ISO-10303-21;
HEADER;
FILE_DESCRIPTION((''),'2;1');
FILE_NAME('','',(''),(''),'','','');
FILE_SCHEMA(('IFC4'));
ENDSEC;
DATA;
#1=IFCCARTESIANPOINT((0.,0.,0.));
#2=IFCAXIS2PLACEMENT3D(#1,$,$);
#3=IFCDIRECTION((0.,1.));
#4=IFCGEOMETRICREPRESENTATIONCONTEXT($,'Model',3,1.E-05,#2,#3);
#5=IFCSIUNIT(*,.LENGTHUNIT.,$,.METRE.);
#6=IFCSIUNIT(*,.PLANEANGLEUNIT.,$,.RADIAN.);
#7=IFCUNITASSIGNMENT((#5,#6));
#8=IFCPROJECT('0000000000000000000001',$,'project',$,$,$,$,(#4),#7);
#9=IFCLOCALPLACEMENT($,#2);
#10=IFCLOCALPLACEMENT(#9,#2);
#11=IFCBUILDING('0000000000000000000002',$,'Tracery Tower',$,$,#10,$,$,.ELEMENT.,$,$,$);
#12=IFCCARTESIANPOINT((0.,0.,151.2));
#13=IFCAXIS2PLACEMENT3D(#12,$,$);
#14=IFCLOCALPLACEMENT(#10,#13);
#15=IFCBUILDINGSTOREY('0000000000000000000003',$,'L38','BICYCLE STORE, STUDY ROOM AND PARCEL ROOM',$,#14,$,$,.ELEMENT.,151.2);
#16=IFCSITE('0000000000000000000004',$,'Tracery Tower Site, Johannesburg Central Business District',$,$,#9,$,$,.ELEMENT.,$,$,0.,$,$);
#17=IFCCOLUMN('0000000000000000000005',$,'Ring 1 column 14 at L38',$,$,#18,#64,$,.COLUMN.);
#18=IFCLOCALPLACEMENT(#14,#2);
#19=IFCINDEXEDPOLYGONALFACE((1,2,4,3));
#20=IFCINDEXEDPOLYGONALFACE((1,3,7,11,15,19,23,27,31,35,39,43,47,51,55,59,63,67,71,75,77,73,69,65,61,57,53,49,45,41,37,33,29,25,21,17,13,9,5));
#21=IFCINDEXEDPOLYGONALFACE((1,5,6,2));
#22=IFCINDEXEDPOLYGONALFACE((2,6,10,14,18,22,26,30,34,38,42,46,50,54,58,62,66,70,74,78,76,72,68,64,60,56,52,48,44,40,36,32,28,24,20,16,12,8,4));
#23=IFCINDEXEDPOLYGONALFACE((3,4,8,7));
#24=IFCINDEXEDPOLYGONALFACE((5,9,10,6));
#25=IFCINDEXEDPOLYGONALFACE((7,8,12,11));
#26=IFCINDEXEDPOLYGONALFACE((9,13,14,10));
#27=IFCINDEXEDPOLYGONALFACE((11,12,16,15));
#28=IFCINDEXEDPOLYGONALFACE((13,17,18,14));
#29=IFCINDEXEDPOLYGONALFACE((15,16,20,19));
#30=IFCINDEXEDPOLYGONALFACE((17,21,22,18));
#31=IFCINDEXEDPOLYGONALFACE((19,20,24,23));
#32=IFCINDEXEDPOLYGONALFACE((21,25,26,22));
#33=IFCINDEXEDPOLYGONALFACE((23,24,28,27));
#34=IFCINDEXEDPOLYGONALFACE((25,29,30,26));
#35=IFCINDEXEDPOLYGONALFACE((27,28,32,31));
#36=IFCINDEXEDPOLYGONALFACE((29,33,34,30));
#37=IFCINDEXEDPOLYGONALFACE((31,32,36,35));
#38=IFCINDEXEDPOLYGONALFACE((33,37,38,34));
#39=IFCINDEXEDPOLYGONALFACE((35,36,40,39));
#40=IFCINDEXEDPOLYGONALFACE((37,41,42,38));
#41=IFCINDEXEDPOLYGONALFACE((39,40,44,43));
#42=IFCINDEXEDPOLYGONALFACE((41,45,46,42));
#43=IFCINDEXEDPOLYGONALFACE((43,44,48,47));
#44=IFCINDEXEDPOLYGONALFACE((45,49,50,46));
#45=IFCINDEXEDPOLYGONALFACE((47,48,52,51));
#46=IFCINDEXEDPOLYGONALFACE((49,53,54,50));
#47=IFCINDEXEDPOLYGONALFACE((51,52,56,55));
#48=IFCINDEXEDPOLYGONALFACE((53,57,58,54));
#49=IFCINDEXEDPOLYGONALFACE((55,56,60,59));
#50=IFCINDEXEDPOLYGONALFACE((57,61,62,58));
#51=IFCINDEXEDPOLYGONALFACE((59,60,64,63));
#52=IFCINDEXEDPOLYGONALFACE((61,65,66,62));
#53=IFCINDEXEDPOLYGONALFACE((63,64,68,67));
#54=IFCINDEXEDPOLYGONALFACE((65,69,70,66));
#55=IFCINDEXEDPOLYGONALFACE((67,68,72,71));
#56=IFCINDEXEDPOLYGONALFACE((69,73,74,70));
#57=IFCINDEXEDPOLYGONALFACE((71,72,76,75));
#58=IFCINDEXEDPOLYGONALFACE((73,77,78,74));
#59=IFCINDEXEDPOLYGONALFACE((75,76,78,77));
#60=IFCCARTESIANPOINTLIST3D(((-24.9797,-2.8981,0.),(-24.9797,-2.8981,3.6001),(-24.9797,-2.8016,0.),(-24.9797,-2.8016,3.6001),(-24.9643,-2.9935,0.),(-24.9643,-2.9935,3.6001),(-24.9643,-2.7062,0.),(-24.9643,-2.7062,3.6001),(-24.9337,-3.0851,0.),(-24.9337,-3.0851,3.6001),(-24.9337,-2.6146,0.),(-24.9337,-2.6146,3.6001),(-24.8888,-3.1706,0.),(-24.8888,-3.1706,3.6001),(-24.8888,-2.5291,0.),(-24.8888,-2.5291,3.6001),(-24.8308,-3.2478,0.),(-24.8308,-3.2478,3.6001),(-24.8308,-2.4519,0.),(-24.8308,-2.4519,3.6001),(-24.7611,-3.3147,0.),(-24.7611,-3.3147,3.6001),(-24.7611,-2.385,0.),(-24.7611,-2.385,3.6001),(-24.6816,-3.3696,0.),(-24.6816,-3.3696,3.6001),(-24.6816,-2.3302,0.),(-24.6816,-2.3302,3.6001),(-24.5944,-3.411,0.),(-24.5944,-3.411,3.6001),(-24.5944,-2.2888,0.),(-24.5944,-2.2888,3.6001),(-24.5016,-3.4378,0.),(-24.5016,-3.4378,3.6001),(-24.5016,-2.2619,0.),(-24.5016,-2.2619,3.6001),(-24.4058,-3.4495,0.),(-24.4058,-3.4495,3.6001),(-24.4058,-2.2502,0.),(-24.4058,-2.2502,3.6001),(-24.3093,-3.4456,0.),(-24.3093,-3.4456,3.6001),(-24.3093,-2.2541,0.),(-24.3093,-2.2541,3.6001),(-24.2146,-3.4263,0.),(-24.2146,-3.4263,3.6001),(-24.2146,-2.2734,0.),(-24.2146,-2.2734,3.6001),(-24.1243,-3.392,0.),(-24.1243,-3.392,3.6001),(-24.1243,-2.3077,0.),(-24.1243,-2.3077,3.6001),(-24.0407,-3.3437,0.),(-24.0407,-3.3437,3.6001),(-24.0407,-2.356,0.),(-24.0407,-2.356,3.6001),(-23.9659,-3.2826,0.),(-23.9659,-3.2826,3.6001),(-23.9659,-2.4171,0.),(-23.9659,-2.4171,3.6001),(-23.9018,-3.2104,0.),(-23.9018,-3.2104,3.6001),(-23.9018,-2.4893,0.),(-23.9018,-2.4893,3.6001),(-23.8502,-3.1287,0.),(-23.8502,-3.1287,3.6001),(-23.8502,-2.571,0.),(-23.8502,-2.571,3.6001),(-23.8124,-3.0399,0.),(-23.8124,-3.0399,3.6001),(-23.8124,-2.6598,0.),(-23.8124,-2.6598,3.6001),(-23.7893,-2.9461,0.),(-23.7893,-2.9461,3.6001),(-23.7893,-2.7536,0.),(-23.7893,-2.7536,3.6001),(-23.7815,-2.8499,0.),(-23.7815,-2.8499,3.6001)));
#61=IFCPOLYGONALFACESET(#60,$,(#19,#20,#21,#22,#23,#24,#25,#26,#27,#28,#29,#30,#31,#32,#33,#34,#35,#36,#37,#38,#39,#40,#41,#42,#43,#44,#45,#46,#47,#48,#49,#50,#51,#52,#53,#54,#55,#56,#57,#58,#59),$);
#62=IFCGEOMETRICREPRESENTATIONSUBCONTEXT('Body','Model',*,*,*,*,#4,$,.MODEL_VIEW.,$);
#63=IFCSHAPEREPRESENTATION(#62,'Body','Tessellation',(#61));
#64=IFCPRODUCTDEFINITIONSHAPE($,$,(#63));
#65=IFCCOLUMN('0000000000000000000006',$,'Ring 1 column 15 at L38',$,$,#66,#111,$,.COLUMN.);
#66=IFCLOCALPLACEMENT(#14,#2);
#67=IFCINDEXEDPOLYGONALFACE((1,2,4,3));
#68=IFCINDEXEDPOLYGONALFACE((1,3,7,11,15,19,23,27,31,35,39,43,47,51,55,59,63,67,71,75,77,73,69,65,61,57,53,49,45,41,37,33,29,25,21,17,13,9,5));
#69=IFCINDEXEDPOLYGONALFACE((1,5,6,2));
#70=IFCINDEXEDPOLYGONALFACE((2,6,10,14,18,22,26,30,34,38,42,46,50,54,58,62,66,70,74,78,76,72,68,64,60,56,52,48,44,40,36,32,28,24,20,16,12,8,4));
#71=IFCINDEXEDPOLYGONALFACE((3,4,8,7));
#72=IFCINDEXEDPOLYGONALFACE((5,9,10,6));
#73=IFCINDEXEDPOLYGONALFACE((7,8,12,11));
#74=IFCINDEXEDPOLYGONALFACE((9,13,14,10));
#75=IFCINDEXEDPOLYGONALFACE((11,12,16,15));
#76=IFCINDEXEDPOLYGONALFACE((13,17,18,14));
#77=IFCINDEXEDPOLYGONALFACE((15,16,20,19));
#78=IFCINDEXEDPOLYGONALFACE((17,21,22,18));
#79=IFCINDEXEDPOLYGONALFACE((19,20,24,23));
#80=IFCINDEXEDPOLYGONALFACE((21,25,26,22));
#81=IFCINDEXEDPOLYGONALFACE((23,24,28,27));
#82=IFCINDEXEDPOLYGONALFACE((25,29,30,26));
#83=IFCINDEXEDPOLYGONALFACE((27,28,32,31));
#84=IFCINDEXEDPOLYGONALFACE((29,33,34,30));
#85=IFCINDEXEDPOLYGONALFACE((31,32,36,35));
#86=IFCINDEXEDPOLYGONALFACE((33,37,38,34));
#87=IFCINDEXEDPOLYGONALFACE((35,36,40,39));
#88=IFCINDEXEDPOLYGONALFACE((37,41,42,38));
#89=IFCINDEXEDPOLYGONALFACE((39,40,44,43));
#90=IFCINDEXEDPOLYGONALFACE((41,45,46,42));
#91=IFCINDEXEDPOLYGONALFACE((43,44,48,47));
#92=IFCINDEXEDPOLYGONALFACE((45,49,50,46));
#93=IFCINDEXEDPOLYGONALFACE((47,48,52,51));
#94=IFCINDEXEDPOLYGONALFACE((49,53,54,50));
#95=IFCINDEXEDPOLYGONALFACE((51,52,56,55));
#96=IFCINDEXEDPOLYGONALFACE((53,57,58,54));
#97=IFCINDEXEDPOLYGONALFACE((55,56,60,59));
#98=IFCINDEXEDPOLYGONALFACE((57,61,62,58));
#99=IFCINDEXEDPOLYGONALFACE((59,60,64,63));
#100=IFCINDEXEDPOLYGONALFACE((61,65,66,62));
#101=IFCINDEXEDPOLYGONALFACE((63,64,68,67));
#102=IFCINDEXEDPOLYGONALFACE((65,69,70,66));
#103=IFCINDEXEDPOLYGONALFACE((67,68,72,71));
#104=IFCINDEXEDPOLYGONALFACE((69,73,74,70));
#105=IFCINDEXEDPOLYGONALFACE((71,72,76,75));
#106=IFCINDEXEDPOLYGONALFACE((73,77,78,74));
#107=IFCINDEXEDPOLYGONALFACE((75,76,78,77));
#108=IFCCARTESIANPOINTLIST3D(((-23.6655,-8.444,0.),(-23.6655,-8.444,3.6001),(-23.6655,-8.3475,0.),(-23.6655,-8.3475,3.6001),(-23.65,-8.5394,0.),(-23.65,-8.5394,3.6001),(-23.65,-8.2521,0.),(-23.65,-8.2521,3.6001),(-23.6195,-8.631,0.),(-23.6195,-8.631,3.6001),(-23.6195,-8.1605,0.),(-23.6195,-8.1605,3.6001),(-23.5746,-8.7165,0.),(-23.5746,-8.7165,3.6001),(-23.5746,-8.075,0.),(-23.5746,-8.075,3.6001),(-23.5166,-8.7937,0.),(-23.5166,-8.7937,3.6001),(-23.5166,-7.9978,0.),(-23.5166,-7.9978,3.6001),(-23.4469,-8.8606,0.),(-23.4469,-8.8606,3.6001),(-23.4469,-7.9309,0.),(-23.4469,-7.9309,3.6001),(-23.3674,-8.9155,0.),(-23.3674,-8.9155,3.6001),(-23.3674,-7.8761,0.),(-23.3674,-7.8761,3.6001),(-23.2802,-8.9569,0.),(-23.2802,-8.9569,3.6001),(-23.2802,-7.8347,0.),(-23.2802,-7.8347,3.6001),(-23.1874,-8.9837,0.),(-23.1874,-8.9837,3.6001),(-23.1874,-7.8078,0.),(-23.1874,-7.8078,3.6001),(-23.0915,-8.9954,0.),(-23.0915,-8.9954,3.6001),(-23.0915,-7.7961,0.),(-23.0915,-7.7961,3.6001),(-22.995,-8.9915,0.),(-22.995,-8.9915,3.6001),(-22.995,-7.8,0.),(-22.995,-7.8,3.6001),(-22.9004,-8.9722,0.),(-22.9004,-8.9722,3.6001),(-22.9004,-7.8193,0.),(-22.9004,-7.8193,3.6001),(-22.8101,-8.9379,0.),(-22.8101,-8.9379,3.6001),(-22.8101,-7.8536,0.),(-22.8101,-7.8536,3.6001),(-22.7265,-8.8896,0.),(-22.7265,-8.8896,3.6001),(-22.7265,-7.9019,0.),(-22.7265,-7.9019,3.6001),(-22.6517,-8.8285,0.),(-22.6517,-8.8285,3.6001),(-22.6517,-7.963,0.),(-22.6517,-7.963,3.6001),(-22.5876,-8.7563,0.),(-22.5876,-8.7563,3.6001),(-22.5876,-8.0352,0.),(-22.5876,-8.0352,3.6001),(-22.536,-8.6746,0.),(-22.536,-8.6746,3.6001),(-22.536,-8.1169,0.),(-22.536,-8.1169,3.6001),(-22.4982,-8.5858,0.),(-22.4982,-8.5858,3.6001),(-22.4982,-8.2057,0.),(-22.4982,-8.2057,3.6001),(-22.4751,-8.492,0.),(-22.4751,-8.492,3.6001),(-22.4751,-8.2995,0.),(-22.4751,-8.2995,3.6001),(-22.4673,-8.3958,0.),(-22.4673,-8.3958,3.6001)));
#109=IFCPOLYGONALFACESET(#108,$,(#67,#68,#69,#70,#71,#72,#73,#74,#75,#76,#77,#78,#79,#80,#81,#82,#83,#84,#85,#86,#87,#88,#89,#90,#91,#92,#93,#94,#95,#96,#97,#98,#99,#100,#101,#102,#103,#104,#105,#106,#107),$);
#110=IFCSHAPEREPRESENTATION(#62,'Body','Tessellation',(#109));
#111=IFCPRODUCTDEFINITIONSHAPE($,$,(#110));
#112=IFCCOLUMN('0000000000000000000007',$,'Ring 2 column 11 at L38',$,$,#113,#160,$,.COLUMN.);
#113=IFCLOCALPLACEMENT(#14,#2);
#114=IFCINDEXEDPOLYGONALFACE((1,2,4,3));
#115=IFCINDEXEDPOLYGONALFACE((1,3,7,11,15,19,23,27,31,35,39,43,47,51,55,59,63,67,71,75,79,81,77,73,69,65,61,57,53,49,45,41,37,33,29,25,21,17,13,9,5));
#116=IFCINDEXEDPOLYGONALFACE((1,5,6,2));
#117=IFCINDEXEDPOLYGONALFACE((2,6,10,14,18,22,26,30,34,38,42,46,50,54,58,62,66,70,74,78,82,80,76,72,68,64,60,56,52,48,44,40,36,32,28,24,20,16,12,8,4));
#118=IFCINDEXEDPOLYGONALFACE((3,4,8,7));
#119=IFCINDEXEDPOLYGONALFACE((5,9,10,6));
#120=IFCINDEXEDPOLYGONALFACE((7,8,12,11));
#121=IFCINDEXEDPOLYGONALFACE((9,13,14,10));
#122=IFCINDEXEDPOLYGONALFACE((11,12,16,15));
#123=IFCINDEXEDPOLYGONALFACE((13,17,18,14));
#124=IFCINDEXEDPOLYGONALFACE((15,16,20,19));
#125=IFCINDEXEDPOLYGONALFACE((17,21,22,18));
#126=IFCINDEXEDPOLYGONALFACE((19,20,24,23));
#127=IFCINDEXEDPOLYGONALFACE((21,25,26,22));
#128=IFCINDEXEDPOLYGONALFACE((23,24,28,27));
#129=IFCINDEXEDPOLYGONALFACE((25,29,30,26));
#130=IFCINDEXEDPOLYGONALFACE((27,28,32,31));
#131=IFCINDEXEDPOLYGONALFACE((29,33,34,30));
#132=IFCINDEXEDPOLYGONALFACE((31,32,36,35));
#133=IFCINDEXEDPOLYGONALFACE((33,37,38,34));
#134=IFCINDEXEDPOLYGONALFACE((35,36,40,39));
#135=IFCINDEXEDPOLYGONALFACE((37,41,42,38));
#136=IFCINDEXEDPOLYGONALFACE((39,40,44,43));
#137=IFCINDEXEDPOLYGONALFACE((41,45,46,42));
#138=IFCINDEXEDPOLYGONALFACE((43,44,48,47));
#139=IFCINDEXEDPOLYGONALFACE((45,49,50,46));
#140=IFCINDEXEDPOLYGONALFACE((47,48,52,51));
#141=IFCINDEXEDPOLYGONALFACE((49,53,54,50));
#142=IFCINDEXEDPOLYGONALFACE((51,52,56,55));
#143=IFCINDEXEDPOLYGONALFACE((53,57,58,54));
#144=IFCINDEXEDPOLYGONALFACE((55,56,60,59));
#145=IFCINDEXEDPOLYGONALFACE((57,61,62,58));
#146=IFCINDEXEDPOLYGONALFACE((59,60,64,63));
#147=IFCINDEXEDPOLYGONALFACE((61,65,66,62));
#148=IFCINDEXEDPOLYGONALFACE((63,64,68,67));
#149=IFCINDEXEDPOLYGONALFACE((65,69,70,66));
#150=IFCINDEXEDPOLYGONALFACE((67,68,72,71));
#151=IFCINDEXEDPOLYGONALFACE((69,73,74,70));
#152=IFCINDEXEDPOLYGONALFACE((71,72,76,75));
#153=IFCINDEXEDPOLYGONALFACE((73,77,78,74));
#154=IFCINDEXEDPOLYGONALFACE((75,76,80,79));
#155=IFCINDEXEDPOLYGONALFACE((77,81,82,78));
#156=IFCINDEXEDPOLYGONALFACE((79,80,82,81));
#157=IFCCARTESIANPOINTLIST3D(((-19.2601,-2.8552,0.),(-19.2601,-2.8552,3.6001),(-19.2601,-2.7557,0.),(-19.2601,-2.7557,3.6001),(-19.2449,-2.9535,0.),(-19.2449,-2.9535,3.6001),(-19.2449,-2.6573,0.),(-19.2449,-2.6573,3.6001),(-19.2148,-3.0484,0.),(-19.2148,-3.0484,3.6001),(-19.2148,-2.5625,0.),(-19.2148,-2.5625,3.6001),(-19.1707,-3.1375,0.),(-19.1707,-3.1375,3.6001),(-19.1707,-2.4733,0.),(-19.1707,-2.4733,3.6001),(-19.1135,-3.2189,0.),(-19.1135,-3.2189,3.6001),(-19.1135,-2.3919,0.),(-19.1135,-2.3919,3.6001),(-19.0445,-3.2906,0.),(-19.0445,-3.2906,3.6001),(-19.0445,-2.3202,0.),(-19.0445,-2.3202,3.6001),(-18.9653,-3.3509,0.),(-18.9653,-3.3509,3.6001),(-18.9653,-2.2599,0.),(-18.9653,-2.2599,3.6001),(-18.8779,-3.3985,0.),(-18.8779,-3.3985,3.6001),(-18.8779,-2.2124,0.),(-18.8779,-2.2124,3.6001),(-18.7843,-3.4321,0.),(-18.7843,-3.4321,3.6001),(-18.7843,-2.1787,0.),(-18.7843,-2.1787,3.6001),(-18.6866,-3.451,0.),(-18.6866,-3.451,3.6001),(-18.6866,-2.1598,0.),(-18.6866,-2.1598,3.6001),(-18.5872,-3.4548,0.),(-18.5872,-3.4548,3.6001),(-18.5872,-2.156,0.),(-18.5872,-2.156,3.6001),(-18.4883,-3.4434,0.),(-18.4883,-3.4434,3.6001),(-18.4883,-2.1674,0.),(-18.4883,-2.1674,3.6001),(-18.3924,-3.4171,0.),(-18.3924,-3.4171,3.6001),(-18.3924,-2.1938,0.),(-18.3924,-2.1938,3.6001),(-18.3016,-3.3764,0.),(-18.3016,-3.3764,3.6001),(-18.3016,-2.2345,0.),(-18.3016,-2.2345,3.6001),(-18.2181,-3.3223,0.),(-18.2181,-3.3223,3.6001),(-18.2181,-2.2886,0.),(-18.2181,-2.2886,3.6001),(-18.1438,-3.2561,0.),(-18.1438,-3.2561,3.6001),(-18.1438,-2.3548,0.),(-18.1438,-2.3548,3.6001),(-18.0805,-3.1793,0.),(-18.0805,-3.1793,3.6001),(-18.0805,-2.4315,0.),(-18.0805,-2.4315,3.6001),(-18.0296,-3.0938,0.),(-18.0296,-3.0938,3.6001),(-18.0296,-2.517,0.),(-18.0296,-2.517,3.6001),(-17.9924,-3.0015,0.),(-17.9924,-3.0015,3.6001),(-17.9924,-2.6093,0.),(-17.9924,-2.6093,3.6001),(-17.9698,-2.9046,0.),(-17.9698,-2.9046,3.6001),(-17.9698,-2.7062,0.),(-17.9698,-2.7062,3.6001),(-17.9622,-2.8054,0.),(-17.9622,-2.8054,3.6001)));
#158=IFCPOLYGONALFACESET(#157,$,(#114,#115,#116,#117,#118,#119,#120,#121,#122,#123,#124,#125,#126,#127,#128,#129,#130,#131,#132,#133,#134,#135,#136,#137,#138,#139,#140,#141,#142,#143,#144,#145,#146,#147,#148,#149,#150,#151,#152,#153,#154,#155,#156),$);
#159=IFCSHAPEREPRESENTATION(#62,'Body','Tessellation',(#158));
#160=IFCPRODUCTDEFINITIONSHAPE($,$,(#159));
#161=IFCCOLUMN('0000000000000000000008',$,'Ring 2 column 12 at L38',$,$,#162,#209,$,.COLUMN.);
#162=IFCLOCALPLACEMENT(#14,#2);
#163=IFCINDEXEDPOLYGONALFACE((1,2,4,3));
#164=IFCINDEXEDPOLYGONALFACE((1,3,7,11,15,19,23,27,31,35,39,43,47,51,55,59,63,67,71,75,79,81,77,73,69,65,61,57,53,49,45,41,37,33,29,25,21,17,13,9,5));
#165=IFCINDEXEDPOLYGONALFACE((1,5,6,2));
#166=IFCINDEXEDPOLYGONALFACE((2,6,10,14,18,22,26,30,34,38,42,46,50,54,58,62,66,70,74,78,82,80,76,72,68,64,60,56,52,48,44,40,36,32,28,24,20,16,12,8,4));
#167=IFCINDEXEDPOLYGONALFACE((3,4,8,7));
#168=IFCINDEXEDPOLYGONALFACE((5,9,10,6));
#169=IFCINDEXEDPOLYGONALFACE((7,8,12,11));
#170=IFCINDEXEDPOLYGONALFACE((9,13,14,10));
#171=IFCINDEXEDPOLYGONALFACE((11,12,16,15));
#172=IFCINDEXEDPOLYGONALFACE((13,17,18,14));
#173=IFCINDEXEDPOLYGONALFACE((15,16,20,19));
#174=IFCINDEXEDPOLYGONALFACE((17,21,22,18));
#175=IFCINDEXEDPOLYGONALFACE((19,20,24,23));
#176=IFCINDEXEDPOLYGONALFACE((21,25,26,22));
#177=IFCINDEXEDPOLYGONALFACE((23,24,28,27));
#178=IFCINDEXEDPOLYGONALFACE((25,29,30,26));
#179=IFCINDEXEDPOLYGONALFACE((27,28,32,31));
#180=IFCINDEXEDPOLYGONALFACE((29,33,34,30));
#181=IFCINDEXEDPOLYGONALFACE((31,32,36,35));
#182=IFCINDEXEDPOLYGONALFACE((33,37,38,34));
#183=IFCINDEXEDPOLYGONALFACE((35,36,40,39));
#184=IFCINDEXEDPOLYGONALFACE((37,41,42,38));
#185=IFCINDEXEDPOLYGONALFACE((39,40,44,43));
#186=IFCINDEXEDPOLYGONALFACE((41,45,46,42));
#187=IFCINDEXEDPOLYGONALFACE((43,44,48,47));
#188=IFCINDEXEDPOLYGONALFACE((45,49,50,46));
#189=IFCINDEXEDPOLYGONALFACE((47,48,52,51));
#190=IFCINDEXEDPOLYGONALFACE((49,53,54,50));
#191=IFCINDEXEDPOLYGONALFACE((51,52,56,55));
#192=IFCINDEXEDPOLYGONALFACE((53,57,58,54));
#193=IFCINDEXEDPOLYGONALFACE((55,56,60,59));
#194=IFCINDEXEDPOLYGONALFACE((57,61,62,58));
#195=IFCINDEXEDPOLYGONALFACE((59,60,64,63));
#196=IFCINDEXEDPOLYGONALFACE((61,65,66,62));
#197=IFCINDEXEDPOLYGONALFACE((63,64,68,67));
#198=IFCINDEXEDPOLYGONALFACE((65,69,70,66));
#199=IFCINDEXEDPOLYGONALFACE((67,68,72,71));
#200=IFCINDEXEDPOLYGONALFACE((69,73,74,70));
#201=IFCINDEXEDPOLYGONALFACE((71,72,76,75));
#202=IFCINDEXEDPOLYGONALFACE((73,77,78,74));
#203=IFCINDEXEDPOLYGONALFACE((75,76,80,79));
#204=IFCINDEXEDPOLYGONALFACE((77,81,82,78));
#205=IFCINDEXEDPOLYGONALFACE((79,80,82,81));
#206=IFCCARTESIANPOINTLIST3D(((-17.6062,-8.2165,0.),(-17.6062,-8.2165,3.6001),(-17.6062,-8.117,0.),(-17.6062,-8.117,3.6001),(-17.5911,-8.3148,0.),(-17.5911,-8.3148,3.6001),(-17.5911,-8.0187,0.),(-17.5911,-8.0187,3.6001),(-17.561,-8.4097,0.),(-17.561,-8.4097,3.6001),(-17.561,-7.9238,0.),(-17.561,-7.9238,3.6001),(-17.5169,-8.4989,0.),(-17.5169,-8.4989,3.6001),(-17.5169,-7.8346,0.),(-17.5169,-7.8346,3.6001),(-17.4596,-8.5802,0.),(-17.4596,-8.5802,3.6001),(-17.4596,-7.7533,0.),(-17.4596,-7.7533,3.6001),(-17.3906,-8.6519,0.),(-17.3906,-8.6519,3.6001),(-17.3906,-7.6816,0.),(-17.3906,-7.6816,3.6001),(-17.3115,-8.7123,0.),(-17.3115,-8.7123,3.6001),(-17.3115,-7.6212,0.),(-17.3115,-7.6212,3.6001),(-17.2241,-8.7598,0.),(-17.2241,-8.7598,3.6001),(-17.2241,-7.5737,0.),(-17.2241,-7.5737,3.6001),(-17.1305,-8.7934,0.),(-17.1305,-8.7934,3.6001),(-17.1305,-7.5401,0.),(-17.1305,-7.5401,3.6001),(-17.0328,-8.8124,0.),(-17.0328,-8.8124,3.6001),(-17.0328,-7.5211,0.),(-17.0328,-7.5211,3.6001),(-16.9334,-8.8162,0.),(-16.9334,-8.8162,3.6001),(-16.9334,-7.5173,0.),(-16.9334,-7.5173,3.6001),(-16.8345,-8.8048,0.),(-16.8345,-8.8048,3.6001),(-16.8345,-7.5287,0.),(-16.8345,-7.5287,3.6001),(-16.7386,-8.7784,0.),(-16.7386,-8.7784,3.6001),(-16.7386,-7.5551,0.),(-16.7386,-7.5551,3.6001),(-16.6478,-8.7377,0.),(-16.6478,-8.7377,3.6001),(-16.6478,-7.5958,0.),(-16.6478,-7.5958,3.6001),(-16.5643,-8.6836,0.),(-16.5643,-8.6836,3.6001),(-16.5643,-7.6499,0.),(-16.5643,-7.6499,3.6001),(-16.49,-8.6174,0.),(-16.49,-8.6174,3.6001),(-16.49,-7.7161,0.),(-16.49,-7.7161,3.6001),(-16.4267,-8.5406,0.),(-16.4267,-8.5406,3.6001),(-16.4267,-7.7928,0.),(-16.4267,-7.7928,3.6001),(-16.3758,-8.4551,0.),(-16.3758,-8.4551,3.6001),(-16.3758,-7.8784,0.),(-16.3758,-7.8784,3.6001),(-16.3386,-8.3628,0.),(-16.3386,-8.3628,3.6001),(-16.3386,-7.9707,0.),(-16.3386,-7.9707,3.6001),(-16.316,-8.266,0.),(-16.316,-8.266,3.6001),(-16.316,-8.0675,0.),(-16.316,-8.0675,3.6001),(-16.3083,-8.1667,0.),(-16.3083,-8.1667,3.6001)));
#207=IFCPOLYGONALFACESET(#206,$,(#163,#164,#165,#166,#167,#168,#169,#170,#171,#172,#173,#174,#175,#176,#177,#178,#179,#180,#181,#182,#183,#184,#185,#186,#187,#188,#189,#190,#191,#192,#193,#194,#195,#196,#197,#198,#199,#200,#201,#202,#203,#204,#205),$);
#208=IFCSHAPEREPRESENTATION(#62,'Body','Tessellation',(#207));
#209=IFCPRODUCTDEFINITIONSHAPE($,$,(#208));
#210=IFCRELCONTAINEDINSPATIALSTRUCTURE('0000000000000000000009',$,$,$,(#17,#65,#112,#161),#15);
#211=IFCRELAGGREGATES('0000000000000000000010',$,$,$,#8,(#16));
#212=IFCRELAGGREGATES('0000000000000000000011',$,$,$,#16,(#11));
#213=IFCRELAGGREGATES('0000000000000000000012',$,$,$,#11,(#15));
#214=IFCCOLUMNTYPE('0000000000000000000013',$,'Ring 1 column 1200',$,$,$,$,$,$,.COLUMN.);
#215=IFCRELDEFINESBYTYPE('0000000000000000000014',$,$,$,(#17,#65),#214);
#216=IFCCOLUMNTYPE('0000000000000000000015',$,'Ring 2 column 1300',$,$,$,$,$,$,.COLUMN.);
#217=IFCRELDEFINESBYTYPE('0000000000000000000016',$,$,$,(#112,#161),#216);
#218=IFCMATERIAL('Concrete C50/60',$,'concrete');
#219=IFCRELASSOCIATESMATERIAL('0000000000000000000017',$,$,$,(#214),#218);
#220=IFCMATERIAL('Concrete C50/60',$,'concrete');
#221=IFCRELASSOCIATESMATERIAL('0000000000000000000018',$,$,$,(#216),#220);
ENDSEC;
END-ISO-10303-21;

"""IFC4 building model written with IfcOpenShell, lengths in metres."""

from ifc_helpers import new_model, si_unit, direction, frame, origin, origin_2d, place, context, subcontext, project, spatial, circle, extrude, material, material_profile, profile_set, type_object, element, save


model = new_model("IFC4")

# Units and contexts
model_context = context("Model", 3, precision=1e-05, world=origin(), true_north=direction((0.0, 1.0)))
body_context = subcontext(model_context, "Body", "Model", "MODEL_VIEW")
ifc_project = project(units=[si_unit("LENGTHUNIT", "METRE"), si_unit("PLANEANGLEUNIT", "RADIAN")], contexts=[model_context])

# Site, building, storey
site_placement = place(None, origin())
site = spatial("IfcSite", under=ifc_project, at=site_placement, Name="Tracery Tower Site, Johannesburg Central Business District", CompositionType="ELEMENT", RefElevation=0.0)
building_placement = place(site_placement, origin())
building = spatial("IfcBuilding", under=site, at=building_placement, Name="Tracery Tower", CompositionType="ELEMENT")
storey_placement = place(building_placement, frame((0.0, 0.0, 151.2)))
storey = spatial("IfcBuildingStorey", under=building, at=storey_placement, Name="L38", Description="BICYCLE STORE, STUDY ROOM AND PARCEL ROOM", CompositionType="ELEMENT", Elevation=151.2)

# Columns
ifc_material_1 = material(Name="Concrete C50/60", Category="concrete")
ifc_material_profile_1 = material_profile(ifc_material_1, circle(Radius=0.6001, at=origin_2d()), Name="RC D1200")
ifc_profile_set_1 = profile_set([ifc_material_profile_1], Name="Concrete C50/60")
column_type_1 = type_object("IfcColumnType", Name="Ring 1 column 1200", PredefinedType="COLUMN", material=ifc_profile_set_1)
for number, where, z_axis, x_axis, name in (
    (1, (-24.3816, -2.8499, 0.0), (0.0, 0.0, 1.0), (1.0, 0.0, 0.0), "Ring 1 column 14 at L38"),
    (2, (-23.0674, -8.3958, 0.0), (0.0, 0.0, 1.0), (1.0, 0.0, 0.0), "Ring 1 column 15 at L38"),
):
    element("IfcColumn", number, at=place(storey_placement, frame(where, z_axis=z_axis, x_axis=x_axis)), inside=storey, type_object=column_type_1, Name=name, PredefinedType="COLUMN", context=body_context, shape_type="SweptSolid", body=[
        extrude(circle(Radius=0.6001, at=origin_2d()), origin(), (0.0, 0.0, 1.0), 3.6001),
    ])
ifc_material_2 = material(Name="Concrete C50/60", Category="concrete")
ifc_material_profile_2 = material_profile(ifc_material_2, circle(Radius=0.6499, at=origin_2d()), Name="RC D1300")
ifc_profile_set_2 = profile_set([ifc_material_profile_2], Name="Concrete C50/60")
column_type_2 = type_object("IfcColumnType", Name="Ring 2 column 1300", PredefinedType="COLUMN", material=ifc_profile_set_2)
for number, where, z_axis, x_axis, name in (
    (3, (-18.6121, -2.8054, 0.0), (0.0, 0.0, 1.0), (1.0, 0.0, 0.0), "Ring 2 column 11 at L38"),
    (4, (-16.9583, -8.1667, 0.0), (0.0, 0.0, 1.0), (1.0, 0.0, 0.0), "Ring 2 column 12 at L38"),
):
    element("IfcColumn", number, at=place(storey_placement, frame(where, z_axis=z_axis, x_axis=x_axis)), inside=storey, type_object=column_type_2, Name=name, PredefinedType="COLUMN", context=body_context, shape_type="SweptSolid", body=[
        extrude(circle(Radius=0.6499, at=origin_2d()), origin(), (0.0, 0.0, 1.0), 3.6001),
    ])

save(model, "model.ifc")
